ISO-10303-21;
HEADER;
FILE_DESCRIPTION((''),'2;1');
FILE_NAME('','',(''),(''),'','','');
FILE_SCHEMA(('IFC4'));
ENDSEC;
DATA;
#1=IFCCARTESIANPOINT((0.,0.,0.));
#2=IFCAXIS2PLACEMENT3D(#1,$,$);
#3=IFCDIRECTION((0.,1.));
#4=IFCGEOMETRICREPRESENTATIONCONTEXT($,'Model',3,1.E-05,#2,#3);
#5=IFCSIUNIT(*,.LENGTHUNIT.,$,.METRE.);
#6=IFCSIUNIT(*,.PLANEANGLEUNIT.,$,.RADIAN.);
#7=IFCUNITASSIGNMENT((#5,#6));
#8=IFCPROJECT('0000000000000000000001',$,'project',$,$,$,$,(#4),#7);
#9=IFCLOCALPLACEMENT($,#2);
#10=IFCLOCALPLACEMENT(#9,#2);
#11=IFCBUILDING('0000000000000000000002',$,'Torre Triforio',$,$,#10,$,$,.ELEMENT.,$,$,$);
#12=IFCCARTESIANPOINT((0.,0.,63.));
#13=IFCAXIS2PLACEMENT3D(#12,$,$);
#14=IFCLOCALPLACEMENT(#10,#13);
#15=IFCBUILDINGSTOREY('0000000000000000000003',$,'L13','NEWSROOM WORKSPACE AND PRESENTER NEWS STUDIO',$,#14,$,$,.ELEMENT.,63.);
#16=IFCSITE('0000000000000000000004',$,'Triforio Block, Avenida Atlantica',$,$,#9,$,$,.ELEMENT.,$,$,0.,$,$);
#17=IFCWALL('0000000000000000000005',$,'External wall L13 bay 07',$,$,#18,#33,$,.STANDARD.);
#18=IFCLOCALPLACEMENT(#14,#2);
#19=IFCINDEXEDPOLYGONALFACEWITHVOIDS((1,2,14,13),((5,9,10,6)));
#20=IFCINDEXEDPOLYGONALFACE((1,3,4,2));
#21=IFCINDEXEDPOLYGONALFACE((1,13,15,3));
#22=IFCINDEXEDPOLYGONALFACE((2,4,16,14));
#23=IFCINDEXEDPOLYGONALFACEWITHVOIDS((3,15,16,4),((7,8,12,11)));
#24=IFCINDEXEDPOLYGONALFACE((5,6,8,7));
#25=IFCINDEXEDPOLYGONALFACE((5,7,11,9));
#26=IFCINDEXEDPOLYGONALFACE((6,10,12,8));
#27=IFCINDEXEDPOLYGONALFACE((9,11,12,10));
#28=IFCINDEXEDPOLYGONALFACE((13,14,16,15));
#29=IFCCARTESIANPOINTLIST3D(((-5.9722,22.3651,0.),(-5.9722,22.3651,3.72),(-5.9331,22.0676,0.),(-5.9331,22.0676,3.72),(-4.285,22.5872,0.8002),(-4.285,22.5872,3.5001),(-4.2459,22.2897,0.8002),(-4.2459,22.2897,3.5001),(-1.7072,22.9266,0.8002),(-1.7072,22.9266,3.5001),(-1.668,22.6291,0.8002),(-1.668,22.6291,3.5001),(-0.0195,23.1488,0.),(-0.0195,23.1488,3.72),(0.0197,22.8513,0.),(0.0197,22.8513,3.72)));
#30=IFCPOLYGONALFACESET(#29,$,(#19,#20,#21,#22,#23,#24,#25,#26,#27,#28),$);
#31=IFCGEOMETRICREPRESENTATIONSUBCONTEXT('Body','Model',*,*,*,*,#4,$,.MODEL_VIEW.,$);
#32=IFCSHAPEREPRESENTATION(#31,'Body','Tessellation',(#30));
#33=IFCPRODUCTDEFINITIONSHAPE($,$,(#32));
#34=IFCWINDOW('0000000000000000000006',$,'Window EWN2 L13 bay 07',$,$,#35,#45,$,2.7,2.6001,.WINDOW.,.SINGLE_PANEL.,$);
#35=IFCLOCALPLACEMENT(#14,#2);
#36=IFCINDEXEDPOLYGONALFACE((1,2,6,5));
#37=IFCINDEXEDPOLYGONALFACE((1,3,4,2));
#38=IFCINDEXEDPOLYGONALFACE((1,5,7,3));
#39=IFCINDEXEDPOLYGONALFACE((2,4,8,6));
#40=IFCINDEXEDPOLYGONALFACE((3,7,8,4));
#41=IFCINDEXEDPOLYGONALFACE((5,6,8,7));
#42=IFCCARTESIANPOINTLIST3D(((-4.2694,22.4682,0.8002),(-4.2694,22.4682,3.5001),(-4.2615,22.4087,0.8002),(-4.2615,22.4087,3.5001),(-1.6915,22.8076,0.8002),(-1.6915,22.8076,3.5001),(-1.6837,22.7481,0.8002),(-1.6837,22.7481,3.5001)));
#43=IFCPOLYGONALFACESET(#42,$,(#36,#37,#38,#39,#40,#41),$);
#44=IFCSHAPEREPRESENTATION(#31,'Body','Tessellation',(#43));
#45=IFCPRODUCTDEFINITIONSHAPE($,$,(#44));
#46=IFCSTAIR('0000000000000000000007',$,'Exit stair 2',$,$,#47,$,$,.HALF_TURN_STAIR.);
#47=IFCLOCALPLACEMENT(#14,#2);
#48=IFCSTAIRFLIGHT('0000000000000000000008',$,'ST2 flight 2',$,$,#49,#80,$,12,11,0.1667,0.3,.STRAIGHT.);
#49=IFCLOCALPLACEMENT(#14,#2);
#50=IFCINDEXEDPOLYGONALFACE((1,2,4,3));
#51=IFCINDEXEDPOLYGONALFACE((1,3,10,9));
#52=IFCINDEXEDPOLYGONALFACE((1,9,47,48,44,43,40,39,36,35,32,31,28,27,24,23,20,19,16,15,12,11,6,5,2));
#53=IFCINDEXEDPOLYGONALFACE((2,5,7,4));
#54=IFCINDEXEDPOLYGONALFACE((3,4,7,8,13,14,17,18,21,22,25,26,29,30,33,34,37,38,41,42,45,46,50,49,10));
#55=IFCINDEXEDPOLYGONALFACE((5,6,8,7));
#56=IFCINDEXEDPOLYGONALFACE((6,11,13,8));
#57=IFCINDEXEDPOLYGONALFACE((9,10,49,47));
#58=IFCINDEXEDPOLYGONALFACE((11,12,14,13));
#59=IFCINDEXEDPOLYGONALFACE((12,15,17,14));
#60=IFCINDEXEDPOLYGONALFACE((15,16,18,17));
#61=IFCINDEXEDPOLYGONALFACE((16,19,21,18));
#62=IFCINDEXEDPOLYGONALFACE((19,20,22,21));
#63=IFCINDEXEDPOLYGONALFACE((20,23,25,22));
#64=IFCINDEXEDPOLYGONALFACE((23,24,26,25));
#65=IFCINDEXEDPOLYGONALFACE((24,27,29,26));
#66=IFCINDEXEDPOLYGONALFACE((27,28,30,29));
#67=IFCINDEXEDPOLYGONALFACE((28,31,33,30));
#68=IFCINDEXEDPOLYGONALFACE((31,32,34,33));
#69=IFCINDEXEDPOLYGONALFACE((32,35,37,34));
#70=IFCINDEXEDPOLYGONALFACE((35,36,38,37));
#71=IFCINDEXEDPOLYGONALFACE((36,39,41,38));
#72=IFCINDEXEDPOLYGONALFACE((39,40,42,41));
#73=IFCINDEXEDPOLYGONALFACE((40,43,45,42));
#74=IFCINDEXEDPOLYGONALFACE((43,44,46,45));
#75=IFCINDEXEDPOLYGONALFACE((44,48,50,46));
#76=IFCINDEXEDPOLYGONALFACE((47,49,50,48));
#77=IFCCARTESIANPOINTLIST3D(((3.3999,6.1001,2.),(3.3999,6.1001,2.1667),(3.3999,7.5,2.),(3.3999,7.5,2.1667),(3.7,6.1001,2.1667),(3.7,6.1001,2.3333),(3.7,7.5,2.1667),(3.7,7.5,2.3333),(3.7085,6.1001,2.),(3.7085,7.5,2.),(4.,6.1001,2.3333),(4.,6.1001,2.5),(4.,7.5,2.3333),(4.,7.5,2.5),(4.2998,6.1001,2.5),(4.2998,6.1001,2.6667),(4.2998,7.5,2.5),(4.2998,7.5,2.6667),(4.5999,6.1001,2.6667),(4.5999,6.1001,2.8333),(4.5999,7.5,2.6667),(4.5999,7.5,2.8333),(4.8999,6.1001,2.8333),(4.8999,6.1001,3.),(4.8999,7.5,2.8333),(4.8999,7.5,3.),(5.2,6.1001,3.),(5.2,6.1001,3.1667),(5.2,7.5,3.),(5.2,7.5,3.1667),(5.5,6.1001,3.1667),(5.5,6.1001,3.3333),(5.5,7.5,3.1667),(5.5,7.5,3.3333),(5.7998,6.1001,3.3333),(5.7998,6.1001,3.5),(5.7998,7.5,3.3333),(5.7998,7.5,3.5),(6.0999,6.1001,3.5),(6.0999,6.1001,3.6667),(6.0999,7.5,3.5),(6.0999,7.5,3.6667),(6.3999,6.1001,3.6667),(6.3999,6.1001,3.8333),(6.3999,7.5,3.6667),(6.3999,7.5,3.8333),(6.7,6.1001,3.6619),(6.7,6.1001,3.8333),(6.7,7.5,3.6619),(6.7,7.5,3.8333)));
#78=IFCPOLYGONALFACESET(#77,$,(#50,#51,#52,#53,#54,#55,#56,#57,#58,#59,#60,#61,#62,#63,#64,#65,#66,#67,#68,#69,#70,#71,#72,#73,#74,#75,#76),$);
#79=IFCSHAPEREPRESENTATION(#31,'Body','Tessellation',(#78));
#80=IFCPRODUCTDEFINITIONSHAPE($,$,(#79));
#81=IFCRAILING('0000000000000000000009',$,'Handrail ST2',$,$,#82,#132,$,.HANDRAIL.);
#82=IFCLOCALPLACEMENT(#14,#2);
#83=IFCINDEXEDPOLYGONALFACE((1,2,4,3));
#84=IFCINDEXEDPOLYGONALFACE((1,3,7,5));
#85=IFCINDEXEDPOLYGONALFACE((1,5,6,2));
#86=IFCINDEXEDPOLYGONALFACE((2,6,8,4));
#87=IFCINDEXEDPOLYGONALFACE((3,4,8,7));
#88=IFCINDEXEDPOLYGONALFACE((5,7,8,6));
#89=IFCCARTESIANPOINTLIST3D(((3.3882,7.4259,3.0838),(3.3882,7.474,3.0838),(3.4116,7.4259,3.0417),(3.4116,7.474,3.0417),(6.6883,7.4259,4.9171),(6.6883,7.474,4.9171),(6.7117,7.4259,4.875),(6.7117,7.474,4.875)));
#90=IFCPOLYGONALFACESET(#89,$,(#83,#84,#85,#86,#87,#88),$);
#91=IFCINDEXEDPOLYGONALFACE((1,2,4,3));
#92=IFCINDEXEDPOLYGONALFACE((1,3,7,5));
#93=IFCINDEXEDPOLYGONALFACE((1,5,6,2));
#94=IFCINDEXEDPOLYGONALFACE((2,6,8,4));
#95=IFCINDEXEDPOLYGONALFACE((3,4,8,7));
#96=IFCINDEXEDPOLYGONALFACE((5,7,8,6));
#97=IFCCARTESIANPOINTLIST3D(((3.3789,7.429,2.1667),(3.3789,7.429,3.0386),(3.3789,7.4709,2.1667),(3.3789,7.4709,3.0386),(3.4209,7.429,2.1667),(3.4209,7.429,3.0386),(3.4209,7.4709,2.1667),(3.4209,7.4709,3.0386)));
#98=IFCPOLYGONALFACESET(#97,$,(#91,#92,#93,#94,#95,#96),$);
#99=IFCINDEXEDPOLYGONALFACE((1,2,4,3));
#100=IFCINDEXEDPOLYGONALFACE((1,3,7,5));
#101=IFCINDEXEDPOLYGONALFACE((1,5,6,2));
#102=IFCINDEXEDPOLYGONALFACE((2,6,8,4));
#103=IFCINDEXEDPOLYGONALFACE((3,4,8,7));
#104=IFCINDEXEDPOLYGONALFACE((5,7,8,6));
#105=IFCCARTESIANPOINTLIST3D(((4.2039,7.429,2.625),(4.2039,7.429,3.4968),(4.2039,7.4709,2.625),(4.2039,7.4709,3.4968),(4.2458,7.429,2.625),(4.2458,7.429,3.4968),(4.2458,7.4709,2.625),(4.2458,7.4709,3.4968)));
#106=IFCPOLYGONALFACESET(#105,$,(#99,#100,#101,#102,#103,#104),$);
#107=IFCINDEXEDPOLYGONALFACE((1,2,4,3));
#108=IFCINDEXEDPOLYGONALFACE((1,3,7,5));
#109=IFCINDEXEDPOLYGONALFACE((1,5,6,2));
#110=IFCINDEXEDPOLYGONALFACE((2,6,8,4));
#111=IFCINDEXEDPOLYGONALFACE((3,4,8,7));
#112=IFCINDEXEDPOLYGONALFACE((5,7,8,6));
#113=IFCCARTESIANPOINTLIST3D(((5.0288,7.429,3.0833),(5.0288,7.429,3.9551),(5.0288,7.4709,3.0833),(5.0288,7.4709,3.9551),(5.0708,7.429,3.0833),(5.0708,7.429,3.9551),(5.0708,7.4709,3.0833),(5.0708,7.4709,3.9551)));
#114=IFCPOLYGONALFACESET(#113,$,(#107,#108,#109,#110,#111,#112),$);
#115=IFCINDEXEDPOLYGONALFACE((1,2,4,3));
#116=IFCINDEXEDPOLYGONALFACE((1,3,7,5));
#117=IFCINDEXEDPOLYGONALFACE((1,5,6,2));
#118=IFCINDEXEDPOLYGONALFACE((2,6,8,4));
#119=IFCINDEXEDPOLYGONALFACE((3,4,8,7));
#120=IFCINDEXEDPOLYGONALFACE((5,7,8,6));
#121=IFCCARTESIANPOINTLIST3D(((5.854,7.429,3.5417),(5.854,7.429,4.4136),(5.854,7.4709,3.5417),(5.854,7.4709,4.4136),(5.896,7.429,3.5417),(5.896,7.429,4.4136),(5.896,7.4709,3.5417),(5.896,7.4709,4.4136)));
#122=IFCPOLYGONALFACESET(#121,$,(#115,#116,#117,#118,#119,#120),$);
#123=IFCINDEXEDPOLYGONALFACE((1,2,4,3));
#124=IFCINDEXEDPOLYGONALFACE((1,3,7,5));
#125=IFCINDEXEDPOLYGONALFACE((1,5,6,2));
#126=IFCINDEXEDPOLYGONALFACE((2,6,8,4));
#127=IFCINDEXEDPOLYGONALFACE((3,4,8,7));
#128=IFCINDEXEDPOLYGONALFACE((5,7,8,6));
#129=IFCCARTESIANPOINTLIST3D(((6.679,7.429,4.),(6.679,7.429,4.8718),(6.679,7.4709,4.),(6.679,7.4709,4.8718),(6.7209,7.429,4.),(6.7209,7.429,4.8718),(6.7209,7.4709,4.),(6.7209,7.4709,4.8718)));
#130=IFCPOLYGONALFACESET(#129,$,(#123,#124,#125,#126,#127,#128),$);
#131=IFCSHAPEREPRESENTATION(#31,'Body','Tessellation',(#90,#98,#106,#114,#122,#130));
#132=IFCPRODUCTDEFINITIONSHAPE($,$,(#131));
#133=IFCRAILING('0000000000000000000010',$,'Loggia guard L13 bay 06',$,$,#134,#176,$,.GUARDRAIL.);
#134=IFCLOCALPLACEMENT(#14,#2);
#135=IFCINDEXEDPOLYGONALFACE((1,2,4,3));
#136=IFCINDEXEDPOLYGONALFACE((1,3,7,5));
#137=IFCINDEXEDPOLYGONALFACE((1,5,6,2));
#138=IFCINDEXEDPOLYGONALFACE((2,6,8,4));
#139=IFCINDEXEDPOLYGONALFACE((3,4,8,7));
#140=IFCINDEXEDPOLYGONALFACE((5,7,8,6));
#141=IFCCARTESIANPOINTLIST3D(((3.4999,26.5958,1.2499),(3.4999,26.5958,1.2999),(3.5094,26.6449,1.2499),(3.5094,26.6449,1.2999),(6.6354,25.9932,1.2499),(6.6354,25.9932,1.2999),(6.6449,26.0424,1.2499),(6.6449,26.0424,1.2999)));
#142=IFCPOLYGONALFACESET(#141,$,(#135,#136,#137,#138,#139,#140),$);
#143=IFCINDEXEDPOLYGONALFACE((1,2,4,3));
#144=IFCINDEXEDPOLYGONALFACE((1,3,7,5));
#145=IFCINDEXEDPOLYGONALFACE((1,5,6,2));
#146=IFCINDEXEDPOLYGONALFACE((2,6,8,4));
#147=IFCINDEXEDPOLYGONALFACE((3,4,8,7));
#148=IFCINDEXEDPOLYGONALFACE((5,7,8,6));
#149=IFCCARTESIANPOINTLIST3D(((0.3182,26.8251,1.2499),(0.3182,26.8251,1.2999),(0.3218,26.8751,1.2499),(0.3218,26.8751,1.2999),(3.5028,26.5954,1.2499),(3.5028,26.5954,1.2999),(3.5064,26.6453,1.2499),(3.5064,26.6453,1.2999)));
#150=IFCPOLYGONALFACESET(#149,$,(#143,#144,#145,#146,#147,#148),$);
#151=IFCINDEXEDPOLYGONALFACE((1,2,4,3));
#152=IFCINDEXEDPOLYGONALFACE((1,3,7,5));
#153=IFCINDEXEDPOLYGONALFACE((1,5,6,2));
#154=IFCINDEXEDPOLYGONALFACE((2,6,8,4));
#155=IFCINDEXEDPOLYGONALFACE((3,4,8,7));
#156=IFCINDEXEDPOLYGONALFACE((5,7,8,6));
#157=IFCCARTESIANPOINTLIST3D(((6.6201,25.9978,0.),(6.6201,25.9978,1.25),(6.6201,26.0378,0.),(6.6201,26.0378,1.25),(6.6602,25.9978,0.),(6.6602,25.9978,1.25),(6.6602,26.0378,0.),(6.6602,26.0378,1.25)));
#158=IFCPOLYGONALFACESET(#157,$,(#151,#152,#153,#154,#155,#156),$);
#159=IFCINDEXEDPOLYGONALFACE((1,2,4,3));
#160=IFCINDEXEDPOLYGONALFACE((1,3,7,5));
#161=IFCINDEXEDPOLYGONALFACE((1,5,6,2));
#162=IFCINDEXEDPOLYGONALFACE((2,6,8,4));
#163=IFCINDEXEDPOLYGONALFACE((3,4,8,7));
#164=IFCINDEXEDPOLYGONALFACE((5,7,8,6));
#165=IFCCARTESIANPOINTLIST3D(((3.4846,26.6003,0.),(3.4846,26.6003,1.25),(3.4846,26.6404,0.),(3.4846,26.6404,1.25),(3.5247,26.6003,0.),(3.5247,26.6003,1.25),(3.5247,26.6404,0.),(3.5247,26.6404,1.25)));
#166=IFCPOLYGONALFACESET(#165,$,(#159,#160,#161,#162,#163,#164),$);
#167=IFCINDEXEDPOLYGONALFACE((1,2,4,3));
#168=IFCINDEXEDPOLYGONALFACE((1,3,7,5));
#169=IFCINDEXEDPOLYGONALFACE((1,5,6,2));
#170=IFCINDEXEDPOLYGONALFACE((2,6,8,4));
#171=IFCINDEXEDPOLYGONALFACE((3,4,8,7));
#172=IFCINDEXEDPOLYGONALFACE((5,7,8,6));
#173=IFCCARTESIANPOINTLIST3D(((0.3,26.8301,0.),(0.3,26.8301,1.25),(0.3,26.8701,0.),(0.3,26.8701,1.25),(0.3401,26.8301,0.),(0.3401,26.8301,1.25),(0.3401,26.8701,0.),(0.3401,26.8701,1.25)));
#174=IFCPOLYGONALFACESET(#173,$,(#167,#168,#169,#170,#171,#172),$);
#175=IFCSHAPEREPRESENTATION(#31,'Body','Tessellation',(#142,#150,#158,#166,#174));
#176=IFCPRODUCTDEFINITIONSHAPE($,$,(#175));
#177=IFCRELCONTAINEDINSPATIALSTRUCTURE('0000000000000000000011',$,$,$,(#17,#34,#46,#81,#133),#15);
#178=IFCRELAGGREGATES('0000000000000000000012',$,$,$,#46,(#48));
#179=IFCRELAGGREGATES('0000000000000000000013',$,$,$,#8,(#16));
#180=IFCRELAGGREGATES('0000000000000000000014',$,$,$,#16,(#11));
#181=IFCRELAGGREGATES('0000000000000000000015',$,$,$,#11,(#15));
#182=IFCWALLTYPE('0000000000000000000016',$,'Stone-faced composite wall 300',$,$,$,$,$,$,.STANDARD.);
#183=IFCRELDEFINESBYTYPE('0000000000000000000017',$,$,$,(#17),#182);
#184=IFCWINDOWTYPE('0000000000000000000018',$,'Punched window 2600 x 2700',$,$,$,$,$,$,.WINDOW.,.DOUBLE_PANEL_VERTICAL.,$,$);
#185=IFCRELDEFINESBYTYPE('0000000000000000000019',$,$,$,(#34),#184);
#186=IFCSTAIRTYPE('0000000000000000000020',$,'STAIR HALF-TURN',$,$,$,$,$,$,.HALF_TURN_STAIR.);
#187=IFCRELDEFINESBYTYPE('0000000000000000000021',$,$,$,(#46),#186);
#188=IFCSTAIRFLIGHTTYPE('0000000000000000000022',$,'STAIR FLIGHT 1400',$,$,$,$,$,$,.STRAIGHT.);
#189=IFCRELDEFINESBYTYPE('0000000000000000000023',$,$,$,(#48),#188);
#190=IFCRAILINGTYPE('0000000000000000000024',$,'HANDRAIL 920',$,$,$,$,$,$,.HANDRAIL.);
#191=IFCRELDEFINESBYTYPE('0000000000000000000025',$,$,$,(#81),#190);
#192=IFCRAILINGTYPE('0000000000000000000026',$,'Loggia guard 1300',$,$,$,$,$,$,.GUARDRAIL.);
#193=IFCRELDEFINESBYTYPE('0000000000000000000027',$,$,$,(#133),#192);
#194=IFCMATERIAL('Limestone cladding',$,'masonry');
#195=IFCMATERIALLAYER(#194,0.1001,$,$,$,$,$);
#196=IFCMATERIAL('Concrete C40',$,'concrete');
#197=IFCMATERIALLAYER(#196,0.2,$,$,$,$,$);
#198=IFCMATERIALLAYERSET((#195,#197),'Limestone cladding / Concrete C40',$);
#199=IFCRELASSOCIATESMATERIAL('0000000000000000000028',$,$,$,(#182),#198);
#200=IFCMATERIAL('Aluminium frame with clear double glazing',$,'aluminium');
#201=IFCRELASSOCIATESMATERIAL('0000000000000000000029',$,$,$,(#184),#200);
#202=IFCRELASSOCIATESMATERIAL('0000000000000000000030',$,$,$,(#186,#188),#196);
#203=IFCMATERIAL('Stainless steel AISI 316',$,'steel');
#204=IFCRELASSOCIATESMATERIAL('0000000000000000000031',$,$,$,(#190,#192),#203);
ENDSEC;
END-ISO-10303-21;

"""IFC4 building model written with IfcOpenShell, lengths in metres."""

from ifc_helpers import new_model, si_unit, direction, frame, frame_2d, origin, origin_2d, place, context, subcontext, project, spatial, polyline, rectangle, outline, extrude, material, layer, layer_set, type_object, element, fill, aggregate, save


model = new_model("IFC4")

# Units and contexts
model_context = context("Model", 3, precision=1e-05, world=origin(), true_north=direction((0.0, 1.0)))
body_context = subcontext(model_context, "Body", "Model", "MODEL_VIEW")
ifc_project = project(units=[si_unit("LENGTHUNIT", "METRE"), si_unit("PLANEANGLEUNIT", "RADIAN")], contexts=[model_context])

# Site, building, storey
site_placement = place(None, origin())
site = spatial("IfcSite", under=ifc_project, at=site_placement, Name="Triforio Block, Avenida Atlantica", CompositionType="ELEMENT", RefElevation=0.0)
building_placement = place(site_placement, origin())
building = spatial("IfcBuilding", under=site, at=building_placement, Name="Torre Triforio", CompositionType="ELEMENT")
storey_placement = place(building_placement, frame((0.0, 0.0, 63.0)))
storey = spatial("IfcBuildingStorey", under=building, at=storey_placement, Name="L13", Description="NEWSROOM WORKSPACE AND PRESENTER NEWS STUDIO", CompositionType="ELEMENT", Elevation=63.0)

# Shared definitions
ifc_material_1 = material(Name="Limestone cladding", Category="masonry")
ifc_layer_1 = layer(ifc_material_1, 0.1001)
ifc_material_2 = material(Name="Concrete C40", Category="concrete")
ifc_layer_2 = layer(ifc_material_2, 0.2)
ifc_layer_set_1 = layer_set([ifc_layer_1, ifc_layer_2], Name="Limestone cladding / Concrete C40")
wall_type_1 = type_object("IfcWallType", Name="Stone-faced composite wall 300", PredefinedType="STANDARD", material=ifc_layer_set_1)
ifc_material_3 = material(Name="Aluminium frame with clear double glazing", Category="aluminium")

# Wall, opening, window
wall_1_placement = place(storey_placement, frame((0.0, 23.0, 0.0), z_axis=(0.0, 0.0, 1.0), x_axis=(-0.991445, -0.130523, 0.0)))
wall_1 = element("IfcWall", 1, at=wall_1_placement, inside=storey, type_object=wall_type_1, Name="External wall L13 bay 07", PredefinedType="STANDARD", context=body_context, shape_type="SweptSolid", body=[
    extrude(rectangle(XDim=6.0042, YDim=0.3, at=frame_2d((3.002, 0.0))), origin(), (0.0, 0.0, 1.0), 3.72),
])
opening_1_placement = place(wall_1_placement, frame((1.7021, 0.0, 0.8)))
opening_1 = element("IfcOpeningElement", 2, at=opening_1_placement, cuts=wall_1, PredefinedType="OPENING", context=body_context, shape_type="SweptSolid", body=[
    extrude(rectangle(XDim=2.6001, YDim=2.7, at=frame_2d((1.3, 1.3501))), frame((0.0, 0.1599, 0.0), z_axis=(0.0, -1.0, 0.0), x_axis=(1.0, 0.0, 0.0)), (0.0, 0.0, 1.0), 0.3201),
])
window_type_1 = type_object("IfcWindowType", Name="Punched window 2600 x 2700", PartitioningType="DOUBLE_PANEL_VERTICAL", PredefinedType="WINDOW", material=ifc_material_3)
window_1_placement = place(opening_1_placement, origin())
window_1 = element("IfcWindow", 3, at=window_1_placement, inside=storey, type_object=window_type_1, Name="Window EWN2 L13 bay 07", OverallHeight=2.7, OverallWidth=2.6001, PartitioningType="SINGLE_PANEL", PredefinedType="WINDOW", context=body_context, shape_type="SweptSolid", body=[
    extrude(rectangle(XDim=2.6001, YDim=2.7, at=frame_2d((1.3, 1.3501))), frame((0.0, 0.03, 0.0), z_axis=(0.0, -1.0, 0.0), x_axis=(1.0, 0.0, 0.0)), (0.0, 0.0, 1.0), 0.0601),
])
fill(opening_1, window_1)

# Stair, stair flight
stair_type = type_object("IfcStairType", Name="STAIR HALF-TURN", PredefinedType="HALF_TURN_STAIR", material=ifc_material_2)
stair_placement = place(storey_placement, origin())
stair = element("IfcStair", 4, at=stair_placement, inside=storey, type_object=stair_type, Name="Exit stair 2", PredefinedType="HALF_TURN_STAIR")
stair_flight_type = type_object("IfcStairFlightType", Name="STAIR FLIGHT 1400", PredefinedType="STRAIGHT", material=ifc_material_2)
stair_flight_placement = place(storey_placement, frame((3.3999, 6.8, 2.0), z_axis=(0.0, 0.0, 1.0), x_axis=(1.0, 0.0, 0.0)))
stair_flight = element("IfcStairFlight", 5, at=stair_flight_placement, type_object=stair_flight_type, Name="ST2 flight 2", NumberOfRisers=12, NumberOfTreads=11, PredefinedType="STRAIGHT", RiserHeight=0.1667, TreadLength=0.3, context=body_context, shape_type="SweptSolid", body=[
    extrude(outline(polyline([(0.0, 0.0), (0.0, 0.1667), (0.3, 0.1667), (0.3, 0.3333), (0.6001, 0.3333), (0.6001, 0.5), (0.8999, 0.5), (0.8999, 0.6667), (1.2, 0.6667), (1.2, 0.8333), (1.5, 0.8333), (1.5, 1.0), (1.8, 1.0), (1.8, 1.1667), (2.1001, 1.1667), (2.1001, 1.3333), (2.3999, 1.3333), (2.3999, 1.5), (2.7, 1.5), (2.7, 1.6667), (3.0, 1.6667), (3.0, 1.8333), (3.3, 1.8333), (3.3, 2.0), (3.3, 1.6619), (0.3086, 0.0), (0.0, 0.0)])), frame((0.0, 0.7, 0.0), z_axis=(0.0, -1.0, 0.0), x_axis=(1.0, 0.0, 0.0)), (0.0, 0.0, 1.0), 1.3999),
])
aggregate(stair, [stair_flight])

# Railings
ifc_material_4 = material(Name="Stainless steel AISI 316", Category="steel")
railing_type_1 = type_object("IfcRailingType", Name="HANDRAIL 920", PredefinedType="HANDRAIL", material=ifc_material_4)
railing_1_placement = place(storey_placement, frame((3.3999, 7.45, 2.1667)))
element("IfcRailing", 6, at=railing_1_placement, inside=storey, type_object=railing_type_1, Name="Handrail ST2", PredefinedType="HANDRAIL", context=body_context, shape_type="SweptSolid", body=[
    extrude(rectangle(XDim=0.0481, YDim=0.0481, at=origin_2d()), frame((0.0, 0.0, 0.896), z_axis=(0.874169, 0.0, 0.485621), x_axis=(0.0, 1.0, 0.0)), (0.0, 0.0, 1.0), 3.7751),
    extrude(rectangle(XDim=0.042, YDim=0.042, at=origin_2d()), origin(), (0.0, 0.0, 1.0), 0.8718),
    extrude(rectangle(XDim=0.042, YDim=0.042, at=origin_2d()), frame((0.825, 0.0, 0.4583)), (0.0, 0.0, 1.0), 0.8718),
    extrude(rectangle(XDim=0.042, YDim=0.042, at=origin_2d()), frame((1.6499, 0.0, 0.9165)), (0.0, 0.0, 1.0), 0.8718),
    extrude(rectangle(XDim=0.042, YDim=0.042, at=origin_2d()), frame((2.4751, 0.0, 1.375)), (0.0, 0.0, 1.0), 0.8718),
    extrude(rectangle(XDim=0.042, YDim=0.042, at=origin_2d()), frame((3.3, 0.0, 1.8333)), (0.0, 0.0, 1.0), 0.8718),
])
railing_type_2 = type_object("IfcRailingType", Name="Loggia guard 1300", PredefinedType="GUARDRAIL", material=ifc_material_4)
railing_2_placement = place(storey_placement, frame((6.6401, 26.0178, 0.0)))
element("IfcRailing", 7, at=railing_2_placement, inside=storey, type_object=railing_type_2, Name="Loggia guard L13 bay 06", PredefinedType="GUARDRAIL", context=body_context, shape_type="SweptSolid", body=[
    extrude(rectangle(XDim=0.05, YDim=0.05, at=origin_2d()), frame((0.0, 0.0, 1.2749), z_axis=(-0.982032, 0.188714, 0.0), x_axis=(-0.188714, -0.982032, 0.0)), (0.0, 0.0, 1.0), 3.1929),
    extrude(rectangle(XDim=0.05, YDim=0.05, at=origin_2d()), frame((-3.1355, 0.6025, 1.2749), z_axis=(-0.997408, 0.071953, 0.0), x_axis=(-0.071953, -0.997408, 0.0)), (0.0, 0.0, 1.0), 3.1929),
    extrude(rectangle(XDim=0.04, YDim=0.04, at=origin_2d()), origin(), (0.0, 0.0, 1.0), 1.25),
    extrude(rectangle(XDim=0.04, YDim=0.04, at=origin_2d()), frame((-3.1355, 0.6025, 0.0)), (0.0, 0.0, 1.0), 1.25),
    extrude(rectangle(XDim=0.04, YDim=0.04, at=origin_2d()), frame((-6.3201, 0.8323, 0.0)), (0.0, 0.0, 1.0), 1.25),
])

save(model, "model.ifc")
